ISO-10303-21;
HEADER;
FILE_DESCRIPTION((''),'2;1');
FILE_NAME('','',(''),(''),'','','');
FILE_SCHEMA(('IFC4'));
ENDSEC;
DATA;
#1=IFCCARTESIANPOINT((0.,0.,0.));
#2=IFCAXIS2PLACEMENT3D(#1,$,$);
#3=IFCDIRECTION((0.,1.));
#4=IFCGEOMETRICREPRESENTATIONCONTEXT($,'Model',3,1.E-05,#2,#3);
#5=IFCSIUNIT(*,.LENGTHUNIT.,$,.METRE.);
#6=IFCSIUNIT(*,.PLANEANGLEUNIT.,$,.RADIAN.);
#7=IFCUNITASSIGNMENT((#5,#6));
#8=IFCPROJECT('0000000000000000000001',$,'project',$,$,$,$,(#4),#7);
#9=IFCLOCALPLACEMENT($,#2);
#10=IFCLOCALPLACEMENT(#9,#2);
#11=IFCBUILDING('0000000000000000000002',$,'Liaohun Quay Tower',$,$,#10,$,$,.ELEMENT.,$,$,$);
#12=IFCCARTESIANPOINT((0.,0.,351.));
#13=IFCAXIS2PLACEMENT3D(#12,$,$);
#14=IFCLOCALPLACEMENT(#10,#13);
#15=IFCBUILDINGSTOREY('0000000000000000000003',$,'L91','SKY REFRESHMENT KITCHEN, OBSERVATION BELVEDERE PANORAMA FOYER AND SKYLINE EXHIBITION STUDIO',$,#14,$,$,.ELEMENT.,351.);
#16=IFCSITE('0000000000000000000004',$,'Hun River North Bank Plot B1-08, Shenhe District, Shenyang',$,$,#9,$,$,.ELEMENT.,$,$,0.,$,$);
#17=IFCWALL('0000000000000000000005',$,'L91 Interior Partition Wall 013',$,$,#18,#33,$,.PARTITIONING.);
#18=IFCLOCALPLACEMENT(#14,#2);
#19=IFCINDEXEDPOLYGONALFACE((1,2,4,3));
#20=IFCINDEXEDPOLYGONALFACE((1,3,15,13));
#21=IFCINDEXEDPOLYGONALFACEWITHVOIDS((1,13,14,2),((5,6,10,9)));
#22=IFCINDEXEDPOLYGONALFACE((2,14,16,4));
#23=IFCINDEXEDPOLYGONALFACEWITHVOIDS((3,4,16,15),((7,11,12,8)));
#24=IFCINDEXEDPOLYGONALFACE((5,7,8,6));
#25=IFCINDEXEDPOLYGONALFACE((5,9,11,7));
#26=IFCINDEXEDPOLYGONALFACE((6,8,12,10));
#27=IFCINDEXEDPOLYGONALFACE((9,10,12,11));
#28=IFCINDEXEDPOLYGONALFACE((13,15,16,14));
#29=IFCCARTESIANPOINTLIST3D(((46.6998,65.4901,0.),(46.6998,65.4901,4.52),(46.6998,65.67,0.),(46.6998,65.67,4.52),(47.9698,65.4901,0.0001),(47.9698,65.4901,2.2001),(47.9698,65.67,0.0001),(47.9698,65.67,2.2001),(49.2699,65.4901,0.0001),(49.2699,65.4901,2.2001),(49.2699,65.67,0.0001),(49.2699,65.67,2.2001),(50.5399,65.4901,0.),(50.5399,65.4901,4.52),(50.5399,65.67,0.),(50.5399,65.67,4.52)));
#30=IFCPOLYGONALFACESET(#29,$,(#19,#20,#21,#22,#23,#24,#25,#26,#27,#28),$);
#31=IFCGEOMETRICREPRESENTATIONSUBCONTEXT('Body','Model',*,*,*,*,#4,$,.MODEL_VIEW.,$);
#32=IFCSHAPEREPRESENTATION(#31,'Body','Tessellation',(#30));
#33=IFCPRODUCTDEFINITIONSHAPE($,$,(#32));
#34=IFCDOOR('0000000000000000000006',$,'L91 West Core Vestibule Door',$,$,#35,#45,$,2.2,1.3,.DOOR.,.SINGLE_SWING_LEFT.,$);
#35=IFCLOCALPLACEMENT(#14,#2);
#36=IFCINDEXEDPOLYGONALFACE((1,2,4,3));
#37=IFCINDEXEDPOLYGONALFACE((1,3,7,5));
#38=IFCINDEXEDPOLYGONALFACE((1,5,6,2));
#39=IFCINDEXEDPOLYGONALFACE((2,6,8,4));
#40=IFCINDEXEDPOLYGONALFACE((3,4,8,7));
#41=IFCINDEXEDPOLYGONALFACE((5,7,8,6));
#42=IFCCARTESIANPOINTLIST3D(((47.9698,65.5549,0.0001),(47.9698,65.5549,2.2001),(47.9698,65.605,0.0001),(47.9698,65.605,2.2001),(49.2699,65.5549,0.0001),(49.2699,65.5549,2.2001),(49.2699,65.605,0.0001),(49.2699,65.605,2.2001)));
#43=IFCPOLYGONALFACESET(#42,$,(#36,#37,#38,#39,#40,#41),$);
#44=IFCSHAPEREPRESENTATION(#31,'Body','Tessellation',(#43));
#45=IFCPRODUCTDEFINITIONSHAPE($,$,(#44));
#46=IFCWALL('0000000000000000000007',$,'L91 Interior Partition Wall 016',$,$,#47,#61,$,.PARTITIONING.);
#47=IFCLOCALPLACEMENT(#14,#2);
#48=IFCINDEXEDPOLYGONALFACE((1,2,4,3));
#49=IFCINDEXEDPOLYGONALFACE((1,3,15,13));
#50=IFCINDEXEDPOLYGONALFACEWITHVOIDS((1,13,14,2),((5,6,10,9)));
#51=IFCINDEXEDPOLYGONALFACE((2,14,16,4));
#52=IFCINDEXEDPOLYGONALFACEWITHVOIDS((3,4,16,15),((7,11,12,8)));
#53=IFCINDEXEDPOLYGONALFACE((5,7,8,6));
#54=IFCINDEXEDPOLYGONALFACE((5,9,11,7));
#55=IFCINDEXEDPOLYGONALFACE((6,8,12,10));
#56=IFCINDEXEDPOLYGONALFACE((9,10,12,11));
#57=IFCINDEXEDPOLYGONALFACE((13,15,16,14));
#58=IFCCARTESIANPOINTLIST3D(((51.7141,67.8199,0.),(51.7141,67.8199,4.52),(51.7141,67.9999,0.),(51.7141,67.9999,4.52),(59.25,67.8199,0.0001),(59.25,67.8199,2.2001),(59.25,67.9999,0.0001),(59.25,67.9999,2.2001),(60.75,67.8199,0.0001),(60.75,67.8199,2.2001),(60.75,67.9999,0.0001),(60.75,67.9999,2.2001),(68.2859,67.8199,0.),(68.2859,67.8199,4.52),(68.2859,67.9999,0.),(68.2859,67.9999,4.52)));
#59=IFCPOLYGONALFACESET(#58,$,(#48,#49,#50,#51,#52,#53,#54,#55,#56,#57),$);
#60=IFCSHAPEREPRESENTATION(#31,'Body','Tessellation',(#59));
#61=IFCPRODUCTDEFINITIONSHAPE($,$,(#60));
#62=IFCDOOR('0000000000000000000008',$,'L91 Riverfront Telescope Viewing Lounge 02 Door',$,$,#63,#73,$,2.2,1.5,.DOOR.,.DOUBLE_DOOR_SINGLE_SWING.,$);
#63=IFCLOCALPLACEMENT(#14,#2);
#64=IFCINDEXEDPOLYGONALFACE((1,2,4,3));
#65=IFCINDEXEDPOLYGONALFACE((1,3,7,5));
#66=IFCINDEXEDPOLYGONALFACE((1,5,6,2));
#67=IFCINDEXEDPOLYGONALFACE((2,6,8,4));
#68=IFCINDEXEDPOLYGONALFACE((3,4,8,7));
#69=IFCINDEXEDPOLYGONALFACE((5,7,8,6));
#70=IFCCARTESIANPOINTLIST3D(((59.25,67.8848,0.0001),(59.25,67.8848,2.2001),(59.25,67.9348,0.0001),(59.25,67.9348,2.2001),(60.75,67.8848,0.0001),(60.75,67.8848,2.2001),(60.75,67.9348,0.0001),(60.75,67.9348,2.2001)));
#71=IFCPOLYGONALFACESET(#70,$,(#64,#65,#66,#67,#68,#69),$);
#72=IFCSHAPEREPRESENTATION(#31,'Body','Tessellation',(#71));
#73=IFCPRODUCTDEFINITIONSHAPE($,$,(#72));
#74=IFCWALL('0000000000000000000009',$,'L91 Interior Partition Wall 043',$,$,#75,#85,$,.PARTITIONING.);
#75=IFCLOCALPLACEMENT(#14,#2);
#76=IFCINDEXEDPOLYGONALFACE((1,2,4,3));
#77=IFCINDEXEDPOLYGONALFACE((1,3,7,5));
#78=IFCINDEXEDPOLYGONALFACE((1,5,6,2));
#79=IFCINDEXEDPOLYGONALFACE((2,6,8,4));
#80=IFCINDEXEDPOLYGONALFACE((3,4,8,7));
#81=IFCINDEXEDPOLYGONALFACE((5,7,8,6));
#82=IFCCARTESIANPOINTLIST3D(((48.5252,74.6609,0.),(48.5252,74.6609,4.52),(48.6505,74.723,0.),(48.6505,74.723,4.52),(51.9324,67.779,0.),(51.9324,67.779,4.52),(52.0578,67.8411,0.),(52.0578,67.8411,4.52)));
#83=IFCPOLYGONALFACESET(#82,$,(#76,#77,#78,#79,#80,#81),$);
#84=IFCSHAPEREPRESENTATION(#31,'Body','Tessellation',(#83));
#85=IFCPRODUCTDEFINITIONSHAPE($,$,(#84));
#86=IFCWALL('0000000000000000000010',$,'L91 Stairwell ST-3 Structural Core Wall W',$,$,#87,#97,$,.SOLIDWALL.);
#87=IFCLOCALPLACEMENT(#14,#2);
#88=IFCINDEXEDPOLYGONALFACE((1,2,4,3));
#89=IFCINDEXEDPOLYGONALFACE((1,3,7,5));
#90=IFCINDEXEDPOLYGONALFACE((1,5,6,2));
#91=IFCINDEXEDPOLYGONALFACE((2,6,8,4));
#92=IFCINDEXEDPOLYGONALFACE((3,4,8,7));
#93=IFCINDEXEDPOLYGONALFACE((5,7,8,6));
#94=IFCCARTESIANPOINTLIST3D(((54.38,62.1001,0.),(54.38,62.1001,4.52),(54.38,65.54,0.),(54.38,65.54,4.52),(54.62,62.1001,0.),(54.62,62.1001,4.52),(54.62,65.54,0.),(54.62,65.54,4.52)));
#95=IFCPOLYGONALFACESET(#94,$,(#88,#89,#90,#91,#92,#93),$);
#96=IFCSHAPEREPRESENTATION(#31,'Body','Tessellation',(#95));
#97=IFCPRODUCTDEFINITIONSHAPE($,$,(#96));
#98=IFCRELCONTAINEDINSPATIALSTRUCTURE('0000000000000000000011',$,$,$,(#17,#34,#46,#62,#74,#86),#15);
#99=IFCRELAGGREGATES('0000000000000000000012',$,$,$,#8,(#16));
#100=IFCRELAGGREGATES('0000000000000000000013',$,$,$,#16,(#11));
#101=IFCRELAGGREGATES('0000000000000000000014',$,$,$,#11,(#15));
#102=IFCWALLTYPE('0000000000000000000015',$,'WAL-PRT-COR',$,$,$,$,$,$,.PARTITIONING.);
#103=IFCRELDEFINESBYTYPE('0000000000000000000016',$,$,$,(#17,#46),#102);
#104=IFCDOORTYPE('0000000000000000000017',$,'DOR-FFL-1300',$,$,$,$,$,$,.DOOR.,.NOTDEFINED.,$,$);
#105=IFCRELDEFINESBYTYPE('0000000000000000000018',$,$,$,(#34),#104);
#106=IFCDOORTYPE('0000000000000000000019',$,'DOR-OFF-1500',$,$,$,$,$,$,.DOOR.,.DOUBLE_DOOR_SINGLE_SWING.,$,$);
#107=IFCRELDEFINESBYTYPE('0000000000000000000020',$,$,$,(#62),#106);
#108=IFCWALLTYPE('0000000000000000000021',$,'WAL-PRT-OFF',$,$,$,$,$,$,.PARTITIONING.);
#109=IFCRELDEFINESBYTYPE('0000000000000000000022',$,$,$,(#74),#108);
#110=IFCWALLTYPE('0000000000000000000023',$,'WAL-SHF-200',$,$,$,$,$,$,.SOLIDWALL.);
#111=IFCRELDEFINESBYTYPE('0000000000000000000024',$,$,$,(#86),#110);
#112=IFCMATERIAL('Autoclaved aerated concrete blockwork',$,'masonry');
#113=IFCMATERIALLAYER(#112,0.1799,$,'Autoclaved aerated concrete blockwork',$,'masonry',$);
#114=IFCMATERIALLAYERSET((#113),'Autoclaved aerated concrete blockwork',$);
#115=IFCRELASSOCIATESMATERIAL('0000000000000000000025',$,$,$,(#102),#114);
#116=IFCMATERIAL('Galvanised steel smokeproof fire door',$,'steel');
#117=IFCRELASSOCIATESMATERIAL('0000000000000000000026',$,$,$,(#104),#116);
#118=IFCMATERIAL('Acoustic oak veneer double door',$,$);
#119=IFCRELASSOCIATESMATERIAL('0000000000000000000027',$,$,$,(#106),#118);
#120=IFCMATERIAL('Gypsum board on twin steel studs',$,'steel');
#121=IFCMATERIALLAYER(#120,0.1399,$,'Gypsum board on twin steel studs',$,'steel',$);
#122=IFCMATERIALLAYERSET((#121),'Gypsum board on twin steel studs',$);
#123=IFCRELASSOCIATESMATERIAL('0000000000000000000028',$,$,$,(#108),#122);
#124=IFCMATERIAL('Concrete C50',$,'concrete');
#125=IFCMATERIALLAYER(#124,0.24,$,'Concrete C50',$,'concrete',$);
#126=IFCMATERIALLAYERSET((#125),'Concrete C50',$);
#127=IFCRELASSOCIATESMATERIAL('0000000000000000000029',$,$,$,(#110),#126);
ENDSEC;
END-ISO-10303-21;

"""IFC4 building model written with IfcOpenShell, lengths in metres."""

from ifc_helpers import new_model, si_unit, direction, frame, frame_2d, origin, place, context, subcontext, project, spatial, rectangle, extrude, source, transform, mapped, material, layer, layer_set, type_object, element, fill, save


model = new_model("IFC4")

# Units and contexts
model_context = context("Model", 3, precision=1e-05, world=origin(), true_north=direction((0.0, 1.0)))
body_context = subcontext(model_context, "Body", "Model", "MODEL_VIEW")
ifc_project = project(units=[si_unit("LENGTHUNIT", "METRE"), si_unit("PLANEANGLEUNIT", "RADIAN")], contexts=[model_context])

# Site, building, storey
site_placement = place(None, origin())
site = spatial("IfcSite", under=ifc_project, at=site_placement, Name="Hun River North Bank Plot B1-08, Shenhe District, Shenyang", CompositionType="ELEMENT", RefElevation=0.0)
building_placement = place(site_placement, origin())
building = spatial("IfcBuilding", under=site, at=building_placement, Name="Liaohun Quay Tower", CompositionType="ELEMENT")
storey_placement = place(building_placement, frame((0.0, 0.0, 351.0)))
storey = spatial("IfcBuildingStorey", under=building, at=storey_placement, Name="L91", Description="SKY REFRESHMENT KITCHEN, OBSERVATION BELVEDERE PANORAMA FOYER AND SKYLINE EXHIBITION STUDIO", CompositionType="ELEMENT", Elevation=351.0)

# Walls, openings, doors
ifc_material_1 = material(Name="Autoclaved aerated concrete blockwork", Category="masonry")
ifc_layer_1 = layer(ifc_material_1, 0.1799, Name="Autoclaved aerated concrete blockwork", Category="masonry")
ifc_layer_set_1 = layer_set([ifc_layer_1], Name="Autoclaved aerated concrete blockwork")
wall_type_1 = type_object("IfcWallType", Name="WAL-PRT-COR", PredefinedType="PARTITIONING", material=ifc_layer_set_1)
wall_1_placement = place(storey_placement, frame((46.7, 65.5801, 0.0), z_axis=(0.0, 0.0, 1.0), x_axis=(1.0, 0.0, 0.0)))
wall_1 = element("IfcWall", 1, at=wall_1_placement, inside=storey, type_object=wall_type_1, Name="L91 Interior Partition Wall 013", PredefinedType="PARTITIONING", context=body_context, shape_type="SweptSolid", body=[
    extrude(rectangle(XDim=3.8401, YDim=0.1799, at=frame_2d((1.9199, 0.0))), origin(), (0.0, 0.0, 1.0), 4.52),
])
shared_shape_1 = source(origin(), body_context, "Body", "SweptSolid", [
    extrude(rectangle(XDim=1.3, YDim=2.2, at=frame_2d((0.6499, 1.1001))), frame((0.0, 0.0999, 0.0), z_axis=(0.0, -1.0, 0.0), x_axis=(1.0, 0.0, 0.0)), (0.0, 0.0, 1.0), 0.2),
])
opening_1_placement = place(wall_1_placement, frame((1.27, 0.0, 0.0)))
opening_1 = element("IfcOpeningElement", 2, at=opening_1_placement, cuts=wall_1, PredefinedType="OPENING", context=body_context, shape_type="MappedRepresentation", body=[
    mapped(shared_shape_1, transform((0.0, 0.0, 0.0), x_axis=(1.0, 0.0, 0.0), y_axis=(0.0, 1.0, 0.0), z_axis=(0.0, 0.0, 1.0), scale=1.0)),
])
ifc_material_2 = material(Name="Galvanised steel smokeproof fire door", Category="steel")
door_type_1 = type_object("IfcDoorType", Name="DOR-FFL-1300", OperationType="NOTDEFINED", PredefinedType="DOOR", material=ifc_material_2)
shared_shape_2 = source(origin(), body_context, "Body", "SweptSolid", [
    extrude(rectangle(XDim=1.3, YDim=2.2, at=frame_2d((0.6499, 1.1001))), frame((0.0, 0.0249, 0.0), z_axis=(0.0, -1.0, 0.0), x_axis=(1.0, 0.0, 0.0)), (0.0, 0.0, 1.0), 0.05),
])
door_1_placement = place(opening_1_placement, origin())
door_1 = element("IfcDoor", 3, at=door_1_placement, inside=storey, type_object=door_type_1, Name="L91 West Core Vestibule Door", OperationType="SINGLE_SWING_LEFT", OverallHeight=2.2, OverallWidth=1.3, PredefinedType="DOOR", context=body_context, shape_type="MappedRepresentation", body=[
    mapped(shared_shape_2, transform((0.0, 0.0, 0.0), x_axis=(1.0, 0.0, 0.0), y_axis=(0.0, 1.0, 0.0), z_axis=(0.0, 0.0, 1.0), scale=1.0)),
])
fill(opening_1, door_1)
wall_2_placement = place(storey_placement, frame((51.7141, 67.9099, 0.0), z_axis=(0.0, 0.0, 1.0), x_axis=(1.0, 0.0, 0.0)))
wall_2 = element("IfcWall", 4, at=wall_2_placement, inside=storey, type_object=wall_type_1, Name="L91 Interior Partition Wall 016", PredefinedType="PARTITIONING", context=body_context, shape_type="SweptSolid", body=[
    extrude(rectangle(XDim=16.5718, YDim=0.1799, at=frame_2d((8.2859, 0.0))), origin(), (0.0, 0.0, 1.0), 4.52),
])
shared_shape_3 = source(origin(), body_context, "Body", "SweptSolid", [
    extrude(rectangle(XDim=1.5, YDim=2.2, at=frame_2d((0.75, 1.1001))), frame((0.0, 0.0999, 0.0), z_axis=(0.0, -1.0, 0.0), x_axis=(1.0, 0.0, 0.0)), (0.0, 0.0, 1.0), 0.2),
])
opening_2_placement = place(wall_2_placement, frame((7.5359, 0.0, 0.0)))
opening_2 = element("IfcOpeningElement", 5, at=opening_2_placement, cuts=wall_2, PredefinedType="OPENING", context=body_context, shape_type="MappedRepresentation", body=[
    mapped(shared_shape_3, transform((0.0, 0.0, 0.0), x_axis=(1.0, 0.0, 0.0), y_axis=(0.0, 1.0, 0.0), z_axis=(0.0, 0.0, 1.0), scale=1.0)),
])
ifc_material_3 = material(Name="Acoustic oak veneer double door")
door_type_2 = type_object("IfcDoorType", Name="DOR-OFF-1500", OperationType="DOUBLE_DOOR_SINGLE_SWING", PredefinedType="DOOR", material=ifc_material_3)
shared_shape_4 = source(origin(), body_context, "Body", "SweptSolid", [
    extrude(rectangle(XDim=1.5, YDim=2.2, at=frame_2d((0.75, 1.1001))), frame((0.0, 0.0249, 0.0), z_axis=(0.0, -1.0, 0.0), x_axis=(1.0, 0.0, 0.0)), (0.0, 0.0, 1.0), 0.05),
])
door_2_placement = place(opening_2_placement, origin())
door_2 = element("IfcDoor", 6, at=door_2_placement, inside=storey, type_object=door_type_2, Name="L91 Riverfront Telescope Viewing Lounge 02 Door", OperationType="DOUBLE_DOOR_SINGLE_SWING", OverallHeight=2.2, OverallWidth=1.5, PredefinedType="DOOR", context=body_context, shape_type="MappedRepresentation", body=[
    mapped(shared_shape_4, transform((0.0, 0.0, 0.0), x_axis=(1.0, 0.0, 0.0), y_axis=(0.0, 1.0, 0.0), z_axis=(0.0, 0.0, 1.0), scale=1.0)),
])
fill(opening_2, door_2)

# Walls
ifc_material_4 = material(Name="Gypsum board on twin steel studs", Category="steel")
ifc_layer_2 = layer(ifc_material_4, 0.1399, Name="Gypsum board on twin steel studs", Category="steel")
ifc_layer_set_2 = layer_set([ifc_layer_2], Name="Gypsum board on twin steel studs")
wall_type_2 = type_object("IfcWallType", Name="WAL-PRT-OFF", PredefinedType="PARTITIONING", material=ifc_layer_set_2)
wall_3_placement = place(storey_placement, frame((51.9951, 67.8101, 0.0), z_axis=(0.0, 0.0, 1.0), x_axis=(-0.4437, 0.896175, 0.0)))
element("IfcWall", 7, at=wall_3_placement, inside=storey, type_object=wall_type_2, Name="L91 Interior Partition Wall 043", PredefinedType="PARTITIONING", context=body_context, shape_type="SweptSolid", body=[
    extrude(rectangle(XDim=7.6792, YDim=0.1399, at=frame_2d((3.8396, 0.0))), origin(), (0.0, 0.0, 1.0), 4.52),
])
ifc_material_5 = material(Name="Concrete C50", Category="concrete")
ifc_layer_3 = layer(ifc_material_5, 0.24, Name="Concrete C50", Category="concrete")
ifc_layer_set_3 = layer_set([ifc_layer_3], Name="Concrete C50")
wall_type_3 = type_object("IfcWallType", Name="WAL-SHF-200", PredefinedType="SOLIDWALL", material=ifc_layer_set_3)
wall_4_placement = place(storey_placement, frame((54.5, 65.54, 0.0), z_axis=(0.0, 0.0, 1.0), x_axis=(0.0, -1.0, 0.0)))
element("IfcWall", 8, at=wall_4_placement, inside=storey, type_object=wall_type_3, Name="L91 Stairwell ST-3 Structural Core Wall W", PredefinedType="SOLIDWALL", context=body_context, shape_type="SweptSolid", body=[
    extrude(rectangle(XDim=3.4399, YDim=0.24, at=frame_2d((1.72, 0.0))), origin(), (0.0, 0.0, 1.0), 4.52),
])

save(model, "model.ifc")
